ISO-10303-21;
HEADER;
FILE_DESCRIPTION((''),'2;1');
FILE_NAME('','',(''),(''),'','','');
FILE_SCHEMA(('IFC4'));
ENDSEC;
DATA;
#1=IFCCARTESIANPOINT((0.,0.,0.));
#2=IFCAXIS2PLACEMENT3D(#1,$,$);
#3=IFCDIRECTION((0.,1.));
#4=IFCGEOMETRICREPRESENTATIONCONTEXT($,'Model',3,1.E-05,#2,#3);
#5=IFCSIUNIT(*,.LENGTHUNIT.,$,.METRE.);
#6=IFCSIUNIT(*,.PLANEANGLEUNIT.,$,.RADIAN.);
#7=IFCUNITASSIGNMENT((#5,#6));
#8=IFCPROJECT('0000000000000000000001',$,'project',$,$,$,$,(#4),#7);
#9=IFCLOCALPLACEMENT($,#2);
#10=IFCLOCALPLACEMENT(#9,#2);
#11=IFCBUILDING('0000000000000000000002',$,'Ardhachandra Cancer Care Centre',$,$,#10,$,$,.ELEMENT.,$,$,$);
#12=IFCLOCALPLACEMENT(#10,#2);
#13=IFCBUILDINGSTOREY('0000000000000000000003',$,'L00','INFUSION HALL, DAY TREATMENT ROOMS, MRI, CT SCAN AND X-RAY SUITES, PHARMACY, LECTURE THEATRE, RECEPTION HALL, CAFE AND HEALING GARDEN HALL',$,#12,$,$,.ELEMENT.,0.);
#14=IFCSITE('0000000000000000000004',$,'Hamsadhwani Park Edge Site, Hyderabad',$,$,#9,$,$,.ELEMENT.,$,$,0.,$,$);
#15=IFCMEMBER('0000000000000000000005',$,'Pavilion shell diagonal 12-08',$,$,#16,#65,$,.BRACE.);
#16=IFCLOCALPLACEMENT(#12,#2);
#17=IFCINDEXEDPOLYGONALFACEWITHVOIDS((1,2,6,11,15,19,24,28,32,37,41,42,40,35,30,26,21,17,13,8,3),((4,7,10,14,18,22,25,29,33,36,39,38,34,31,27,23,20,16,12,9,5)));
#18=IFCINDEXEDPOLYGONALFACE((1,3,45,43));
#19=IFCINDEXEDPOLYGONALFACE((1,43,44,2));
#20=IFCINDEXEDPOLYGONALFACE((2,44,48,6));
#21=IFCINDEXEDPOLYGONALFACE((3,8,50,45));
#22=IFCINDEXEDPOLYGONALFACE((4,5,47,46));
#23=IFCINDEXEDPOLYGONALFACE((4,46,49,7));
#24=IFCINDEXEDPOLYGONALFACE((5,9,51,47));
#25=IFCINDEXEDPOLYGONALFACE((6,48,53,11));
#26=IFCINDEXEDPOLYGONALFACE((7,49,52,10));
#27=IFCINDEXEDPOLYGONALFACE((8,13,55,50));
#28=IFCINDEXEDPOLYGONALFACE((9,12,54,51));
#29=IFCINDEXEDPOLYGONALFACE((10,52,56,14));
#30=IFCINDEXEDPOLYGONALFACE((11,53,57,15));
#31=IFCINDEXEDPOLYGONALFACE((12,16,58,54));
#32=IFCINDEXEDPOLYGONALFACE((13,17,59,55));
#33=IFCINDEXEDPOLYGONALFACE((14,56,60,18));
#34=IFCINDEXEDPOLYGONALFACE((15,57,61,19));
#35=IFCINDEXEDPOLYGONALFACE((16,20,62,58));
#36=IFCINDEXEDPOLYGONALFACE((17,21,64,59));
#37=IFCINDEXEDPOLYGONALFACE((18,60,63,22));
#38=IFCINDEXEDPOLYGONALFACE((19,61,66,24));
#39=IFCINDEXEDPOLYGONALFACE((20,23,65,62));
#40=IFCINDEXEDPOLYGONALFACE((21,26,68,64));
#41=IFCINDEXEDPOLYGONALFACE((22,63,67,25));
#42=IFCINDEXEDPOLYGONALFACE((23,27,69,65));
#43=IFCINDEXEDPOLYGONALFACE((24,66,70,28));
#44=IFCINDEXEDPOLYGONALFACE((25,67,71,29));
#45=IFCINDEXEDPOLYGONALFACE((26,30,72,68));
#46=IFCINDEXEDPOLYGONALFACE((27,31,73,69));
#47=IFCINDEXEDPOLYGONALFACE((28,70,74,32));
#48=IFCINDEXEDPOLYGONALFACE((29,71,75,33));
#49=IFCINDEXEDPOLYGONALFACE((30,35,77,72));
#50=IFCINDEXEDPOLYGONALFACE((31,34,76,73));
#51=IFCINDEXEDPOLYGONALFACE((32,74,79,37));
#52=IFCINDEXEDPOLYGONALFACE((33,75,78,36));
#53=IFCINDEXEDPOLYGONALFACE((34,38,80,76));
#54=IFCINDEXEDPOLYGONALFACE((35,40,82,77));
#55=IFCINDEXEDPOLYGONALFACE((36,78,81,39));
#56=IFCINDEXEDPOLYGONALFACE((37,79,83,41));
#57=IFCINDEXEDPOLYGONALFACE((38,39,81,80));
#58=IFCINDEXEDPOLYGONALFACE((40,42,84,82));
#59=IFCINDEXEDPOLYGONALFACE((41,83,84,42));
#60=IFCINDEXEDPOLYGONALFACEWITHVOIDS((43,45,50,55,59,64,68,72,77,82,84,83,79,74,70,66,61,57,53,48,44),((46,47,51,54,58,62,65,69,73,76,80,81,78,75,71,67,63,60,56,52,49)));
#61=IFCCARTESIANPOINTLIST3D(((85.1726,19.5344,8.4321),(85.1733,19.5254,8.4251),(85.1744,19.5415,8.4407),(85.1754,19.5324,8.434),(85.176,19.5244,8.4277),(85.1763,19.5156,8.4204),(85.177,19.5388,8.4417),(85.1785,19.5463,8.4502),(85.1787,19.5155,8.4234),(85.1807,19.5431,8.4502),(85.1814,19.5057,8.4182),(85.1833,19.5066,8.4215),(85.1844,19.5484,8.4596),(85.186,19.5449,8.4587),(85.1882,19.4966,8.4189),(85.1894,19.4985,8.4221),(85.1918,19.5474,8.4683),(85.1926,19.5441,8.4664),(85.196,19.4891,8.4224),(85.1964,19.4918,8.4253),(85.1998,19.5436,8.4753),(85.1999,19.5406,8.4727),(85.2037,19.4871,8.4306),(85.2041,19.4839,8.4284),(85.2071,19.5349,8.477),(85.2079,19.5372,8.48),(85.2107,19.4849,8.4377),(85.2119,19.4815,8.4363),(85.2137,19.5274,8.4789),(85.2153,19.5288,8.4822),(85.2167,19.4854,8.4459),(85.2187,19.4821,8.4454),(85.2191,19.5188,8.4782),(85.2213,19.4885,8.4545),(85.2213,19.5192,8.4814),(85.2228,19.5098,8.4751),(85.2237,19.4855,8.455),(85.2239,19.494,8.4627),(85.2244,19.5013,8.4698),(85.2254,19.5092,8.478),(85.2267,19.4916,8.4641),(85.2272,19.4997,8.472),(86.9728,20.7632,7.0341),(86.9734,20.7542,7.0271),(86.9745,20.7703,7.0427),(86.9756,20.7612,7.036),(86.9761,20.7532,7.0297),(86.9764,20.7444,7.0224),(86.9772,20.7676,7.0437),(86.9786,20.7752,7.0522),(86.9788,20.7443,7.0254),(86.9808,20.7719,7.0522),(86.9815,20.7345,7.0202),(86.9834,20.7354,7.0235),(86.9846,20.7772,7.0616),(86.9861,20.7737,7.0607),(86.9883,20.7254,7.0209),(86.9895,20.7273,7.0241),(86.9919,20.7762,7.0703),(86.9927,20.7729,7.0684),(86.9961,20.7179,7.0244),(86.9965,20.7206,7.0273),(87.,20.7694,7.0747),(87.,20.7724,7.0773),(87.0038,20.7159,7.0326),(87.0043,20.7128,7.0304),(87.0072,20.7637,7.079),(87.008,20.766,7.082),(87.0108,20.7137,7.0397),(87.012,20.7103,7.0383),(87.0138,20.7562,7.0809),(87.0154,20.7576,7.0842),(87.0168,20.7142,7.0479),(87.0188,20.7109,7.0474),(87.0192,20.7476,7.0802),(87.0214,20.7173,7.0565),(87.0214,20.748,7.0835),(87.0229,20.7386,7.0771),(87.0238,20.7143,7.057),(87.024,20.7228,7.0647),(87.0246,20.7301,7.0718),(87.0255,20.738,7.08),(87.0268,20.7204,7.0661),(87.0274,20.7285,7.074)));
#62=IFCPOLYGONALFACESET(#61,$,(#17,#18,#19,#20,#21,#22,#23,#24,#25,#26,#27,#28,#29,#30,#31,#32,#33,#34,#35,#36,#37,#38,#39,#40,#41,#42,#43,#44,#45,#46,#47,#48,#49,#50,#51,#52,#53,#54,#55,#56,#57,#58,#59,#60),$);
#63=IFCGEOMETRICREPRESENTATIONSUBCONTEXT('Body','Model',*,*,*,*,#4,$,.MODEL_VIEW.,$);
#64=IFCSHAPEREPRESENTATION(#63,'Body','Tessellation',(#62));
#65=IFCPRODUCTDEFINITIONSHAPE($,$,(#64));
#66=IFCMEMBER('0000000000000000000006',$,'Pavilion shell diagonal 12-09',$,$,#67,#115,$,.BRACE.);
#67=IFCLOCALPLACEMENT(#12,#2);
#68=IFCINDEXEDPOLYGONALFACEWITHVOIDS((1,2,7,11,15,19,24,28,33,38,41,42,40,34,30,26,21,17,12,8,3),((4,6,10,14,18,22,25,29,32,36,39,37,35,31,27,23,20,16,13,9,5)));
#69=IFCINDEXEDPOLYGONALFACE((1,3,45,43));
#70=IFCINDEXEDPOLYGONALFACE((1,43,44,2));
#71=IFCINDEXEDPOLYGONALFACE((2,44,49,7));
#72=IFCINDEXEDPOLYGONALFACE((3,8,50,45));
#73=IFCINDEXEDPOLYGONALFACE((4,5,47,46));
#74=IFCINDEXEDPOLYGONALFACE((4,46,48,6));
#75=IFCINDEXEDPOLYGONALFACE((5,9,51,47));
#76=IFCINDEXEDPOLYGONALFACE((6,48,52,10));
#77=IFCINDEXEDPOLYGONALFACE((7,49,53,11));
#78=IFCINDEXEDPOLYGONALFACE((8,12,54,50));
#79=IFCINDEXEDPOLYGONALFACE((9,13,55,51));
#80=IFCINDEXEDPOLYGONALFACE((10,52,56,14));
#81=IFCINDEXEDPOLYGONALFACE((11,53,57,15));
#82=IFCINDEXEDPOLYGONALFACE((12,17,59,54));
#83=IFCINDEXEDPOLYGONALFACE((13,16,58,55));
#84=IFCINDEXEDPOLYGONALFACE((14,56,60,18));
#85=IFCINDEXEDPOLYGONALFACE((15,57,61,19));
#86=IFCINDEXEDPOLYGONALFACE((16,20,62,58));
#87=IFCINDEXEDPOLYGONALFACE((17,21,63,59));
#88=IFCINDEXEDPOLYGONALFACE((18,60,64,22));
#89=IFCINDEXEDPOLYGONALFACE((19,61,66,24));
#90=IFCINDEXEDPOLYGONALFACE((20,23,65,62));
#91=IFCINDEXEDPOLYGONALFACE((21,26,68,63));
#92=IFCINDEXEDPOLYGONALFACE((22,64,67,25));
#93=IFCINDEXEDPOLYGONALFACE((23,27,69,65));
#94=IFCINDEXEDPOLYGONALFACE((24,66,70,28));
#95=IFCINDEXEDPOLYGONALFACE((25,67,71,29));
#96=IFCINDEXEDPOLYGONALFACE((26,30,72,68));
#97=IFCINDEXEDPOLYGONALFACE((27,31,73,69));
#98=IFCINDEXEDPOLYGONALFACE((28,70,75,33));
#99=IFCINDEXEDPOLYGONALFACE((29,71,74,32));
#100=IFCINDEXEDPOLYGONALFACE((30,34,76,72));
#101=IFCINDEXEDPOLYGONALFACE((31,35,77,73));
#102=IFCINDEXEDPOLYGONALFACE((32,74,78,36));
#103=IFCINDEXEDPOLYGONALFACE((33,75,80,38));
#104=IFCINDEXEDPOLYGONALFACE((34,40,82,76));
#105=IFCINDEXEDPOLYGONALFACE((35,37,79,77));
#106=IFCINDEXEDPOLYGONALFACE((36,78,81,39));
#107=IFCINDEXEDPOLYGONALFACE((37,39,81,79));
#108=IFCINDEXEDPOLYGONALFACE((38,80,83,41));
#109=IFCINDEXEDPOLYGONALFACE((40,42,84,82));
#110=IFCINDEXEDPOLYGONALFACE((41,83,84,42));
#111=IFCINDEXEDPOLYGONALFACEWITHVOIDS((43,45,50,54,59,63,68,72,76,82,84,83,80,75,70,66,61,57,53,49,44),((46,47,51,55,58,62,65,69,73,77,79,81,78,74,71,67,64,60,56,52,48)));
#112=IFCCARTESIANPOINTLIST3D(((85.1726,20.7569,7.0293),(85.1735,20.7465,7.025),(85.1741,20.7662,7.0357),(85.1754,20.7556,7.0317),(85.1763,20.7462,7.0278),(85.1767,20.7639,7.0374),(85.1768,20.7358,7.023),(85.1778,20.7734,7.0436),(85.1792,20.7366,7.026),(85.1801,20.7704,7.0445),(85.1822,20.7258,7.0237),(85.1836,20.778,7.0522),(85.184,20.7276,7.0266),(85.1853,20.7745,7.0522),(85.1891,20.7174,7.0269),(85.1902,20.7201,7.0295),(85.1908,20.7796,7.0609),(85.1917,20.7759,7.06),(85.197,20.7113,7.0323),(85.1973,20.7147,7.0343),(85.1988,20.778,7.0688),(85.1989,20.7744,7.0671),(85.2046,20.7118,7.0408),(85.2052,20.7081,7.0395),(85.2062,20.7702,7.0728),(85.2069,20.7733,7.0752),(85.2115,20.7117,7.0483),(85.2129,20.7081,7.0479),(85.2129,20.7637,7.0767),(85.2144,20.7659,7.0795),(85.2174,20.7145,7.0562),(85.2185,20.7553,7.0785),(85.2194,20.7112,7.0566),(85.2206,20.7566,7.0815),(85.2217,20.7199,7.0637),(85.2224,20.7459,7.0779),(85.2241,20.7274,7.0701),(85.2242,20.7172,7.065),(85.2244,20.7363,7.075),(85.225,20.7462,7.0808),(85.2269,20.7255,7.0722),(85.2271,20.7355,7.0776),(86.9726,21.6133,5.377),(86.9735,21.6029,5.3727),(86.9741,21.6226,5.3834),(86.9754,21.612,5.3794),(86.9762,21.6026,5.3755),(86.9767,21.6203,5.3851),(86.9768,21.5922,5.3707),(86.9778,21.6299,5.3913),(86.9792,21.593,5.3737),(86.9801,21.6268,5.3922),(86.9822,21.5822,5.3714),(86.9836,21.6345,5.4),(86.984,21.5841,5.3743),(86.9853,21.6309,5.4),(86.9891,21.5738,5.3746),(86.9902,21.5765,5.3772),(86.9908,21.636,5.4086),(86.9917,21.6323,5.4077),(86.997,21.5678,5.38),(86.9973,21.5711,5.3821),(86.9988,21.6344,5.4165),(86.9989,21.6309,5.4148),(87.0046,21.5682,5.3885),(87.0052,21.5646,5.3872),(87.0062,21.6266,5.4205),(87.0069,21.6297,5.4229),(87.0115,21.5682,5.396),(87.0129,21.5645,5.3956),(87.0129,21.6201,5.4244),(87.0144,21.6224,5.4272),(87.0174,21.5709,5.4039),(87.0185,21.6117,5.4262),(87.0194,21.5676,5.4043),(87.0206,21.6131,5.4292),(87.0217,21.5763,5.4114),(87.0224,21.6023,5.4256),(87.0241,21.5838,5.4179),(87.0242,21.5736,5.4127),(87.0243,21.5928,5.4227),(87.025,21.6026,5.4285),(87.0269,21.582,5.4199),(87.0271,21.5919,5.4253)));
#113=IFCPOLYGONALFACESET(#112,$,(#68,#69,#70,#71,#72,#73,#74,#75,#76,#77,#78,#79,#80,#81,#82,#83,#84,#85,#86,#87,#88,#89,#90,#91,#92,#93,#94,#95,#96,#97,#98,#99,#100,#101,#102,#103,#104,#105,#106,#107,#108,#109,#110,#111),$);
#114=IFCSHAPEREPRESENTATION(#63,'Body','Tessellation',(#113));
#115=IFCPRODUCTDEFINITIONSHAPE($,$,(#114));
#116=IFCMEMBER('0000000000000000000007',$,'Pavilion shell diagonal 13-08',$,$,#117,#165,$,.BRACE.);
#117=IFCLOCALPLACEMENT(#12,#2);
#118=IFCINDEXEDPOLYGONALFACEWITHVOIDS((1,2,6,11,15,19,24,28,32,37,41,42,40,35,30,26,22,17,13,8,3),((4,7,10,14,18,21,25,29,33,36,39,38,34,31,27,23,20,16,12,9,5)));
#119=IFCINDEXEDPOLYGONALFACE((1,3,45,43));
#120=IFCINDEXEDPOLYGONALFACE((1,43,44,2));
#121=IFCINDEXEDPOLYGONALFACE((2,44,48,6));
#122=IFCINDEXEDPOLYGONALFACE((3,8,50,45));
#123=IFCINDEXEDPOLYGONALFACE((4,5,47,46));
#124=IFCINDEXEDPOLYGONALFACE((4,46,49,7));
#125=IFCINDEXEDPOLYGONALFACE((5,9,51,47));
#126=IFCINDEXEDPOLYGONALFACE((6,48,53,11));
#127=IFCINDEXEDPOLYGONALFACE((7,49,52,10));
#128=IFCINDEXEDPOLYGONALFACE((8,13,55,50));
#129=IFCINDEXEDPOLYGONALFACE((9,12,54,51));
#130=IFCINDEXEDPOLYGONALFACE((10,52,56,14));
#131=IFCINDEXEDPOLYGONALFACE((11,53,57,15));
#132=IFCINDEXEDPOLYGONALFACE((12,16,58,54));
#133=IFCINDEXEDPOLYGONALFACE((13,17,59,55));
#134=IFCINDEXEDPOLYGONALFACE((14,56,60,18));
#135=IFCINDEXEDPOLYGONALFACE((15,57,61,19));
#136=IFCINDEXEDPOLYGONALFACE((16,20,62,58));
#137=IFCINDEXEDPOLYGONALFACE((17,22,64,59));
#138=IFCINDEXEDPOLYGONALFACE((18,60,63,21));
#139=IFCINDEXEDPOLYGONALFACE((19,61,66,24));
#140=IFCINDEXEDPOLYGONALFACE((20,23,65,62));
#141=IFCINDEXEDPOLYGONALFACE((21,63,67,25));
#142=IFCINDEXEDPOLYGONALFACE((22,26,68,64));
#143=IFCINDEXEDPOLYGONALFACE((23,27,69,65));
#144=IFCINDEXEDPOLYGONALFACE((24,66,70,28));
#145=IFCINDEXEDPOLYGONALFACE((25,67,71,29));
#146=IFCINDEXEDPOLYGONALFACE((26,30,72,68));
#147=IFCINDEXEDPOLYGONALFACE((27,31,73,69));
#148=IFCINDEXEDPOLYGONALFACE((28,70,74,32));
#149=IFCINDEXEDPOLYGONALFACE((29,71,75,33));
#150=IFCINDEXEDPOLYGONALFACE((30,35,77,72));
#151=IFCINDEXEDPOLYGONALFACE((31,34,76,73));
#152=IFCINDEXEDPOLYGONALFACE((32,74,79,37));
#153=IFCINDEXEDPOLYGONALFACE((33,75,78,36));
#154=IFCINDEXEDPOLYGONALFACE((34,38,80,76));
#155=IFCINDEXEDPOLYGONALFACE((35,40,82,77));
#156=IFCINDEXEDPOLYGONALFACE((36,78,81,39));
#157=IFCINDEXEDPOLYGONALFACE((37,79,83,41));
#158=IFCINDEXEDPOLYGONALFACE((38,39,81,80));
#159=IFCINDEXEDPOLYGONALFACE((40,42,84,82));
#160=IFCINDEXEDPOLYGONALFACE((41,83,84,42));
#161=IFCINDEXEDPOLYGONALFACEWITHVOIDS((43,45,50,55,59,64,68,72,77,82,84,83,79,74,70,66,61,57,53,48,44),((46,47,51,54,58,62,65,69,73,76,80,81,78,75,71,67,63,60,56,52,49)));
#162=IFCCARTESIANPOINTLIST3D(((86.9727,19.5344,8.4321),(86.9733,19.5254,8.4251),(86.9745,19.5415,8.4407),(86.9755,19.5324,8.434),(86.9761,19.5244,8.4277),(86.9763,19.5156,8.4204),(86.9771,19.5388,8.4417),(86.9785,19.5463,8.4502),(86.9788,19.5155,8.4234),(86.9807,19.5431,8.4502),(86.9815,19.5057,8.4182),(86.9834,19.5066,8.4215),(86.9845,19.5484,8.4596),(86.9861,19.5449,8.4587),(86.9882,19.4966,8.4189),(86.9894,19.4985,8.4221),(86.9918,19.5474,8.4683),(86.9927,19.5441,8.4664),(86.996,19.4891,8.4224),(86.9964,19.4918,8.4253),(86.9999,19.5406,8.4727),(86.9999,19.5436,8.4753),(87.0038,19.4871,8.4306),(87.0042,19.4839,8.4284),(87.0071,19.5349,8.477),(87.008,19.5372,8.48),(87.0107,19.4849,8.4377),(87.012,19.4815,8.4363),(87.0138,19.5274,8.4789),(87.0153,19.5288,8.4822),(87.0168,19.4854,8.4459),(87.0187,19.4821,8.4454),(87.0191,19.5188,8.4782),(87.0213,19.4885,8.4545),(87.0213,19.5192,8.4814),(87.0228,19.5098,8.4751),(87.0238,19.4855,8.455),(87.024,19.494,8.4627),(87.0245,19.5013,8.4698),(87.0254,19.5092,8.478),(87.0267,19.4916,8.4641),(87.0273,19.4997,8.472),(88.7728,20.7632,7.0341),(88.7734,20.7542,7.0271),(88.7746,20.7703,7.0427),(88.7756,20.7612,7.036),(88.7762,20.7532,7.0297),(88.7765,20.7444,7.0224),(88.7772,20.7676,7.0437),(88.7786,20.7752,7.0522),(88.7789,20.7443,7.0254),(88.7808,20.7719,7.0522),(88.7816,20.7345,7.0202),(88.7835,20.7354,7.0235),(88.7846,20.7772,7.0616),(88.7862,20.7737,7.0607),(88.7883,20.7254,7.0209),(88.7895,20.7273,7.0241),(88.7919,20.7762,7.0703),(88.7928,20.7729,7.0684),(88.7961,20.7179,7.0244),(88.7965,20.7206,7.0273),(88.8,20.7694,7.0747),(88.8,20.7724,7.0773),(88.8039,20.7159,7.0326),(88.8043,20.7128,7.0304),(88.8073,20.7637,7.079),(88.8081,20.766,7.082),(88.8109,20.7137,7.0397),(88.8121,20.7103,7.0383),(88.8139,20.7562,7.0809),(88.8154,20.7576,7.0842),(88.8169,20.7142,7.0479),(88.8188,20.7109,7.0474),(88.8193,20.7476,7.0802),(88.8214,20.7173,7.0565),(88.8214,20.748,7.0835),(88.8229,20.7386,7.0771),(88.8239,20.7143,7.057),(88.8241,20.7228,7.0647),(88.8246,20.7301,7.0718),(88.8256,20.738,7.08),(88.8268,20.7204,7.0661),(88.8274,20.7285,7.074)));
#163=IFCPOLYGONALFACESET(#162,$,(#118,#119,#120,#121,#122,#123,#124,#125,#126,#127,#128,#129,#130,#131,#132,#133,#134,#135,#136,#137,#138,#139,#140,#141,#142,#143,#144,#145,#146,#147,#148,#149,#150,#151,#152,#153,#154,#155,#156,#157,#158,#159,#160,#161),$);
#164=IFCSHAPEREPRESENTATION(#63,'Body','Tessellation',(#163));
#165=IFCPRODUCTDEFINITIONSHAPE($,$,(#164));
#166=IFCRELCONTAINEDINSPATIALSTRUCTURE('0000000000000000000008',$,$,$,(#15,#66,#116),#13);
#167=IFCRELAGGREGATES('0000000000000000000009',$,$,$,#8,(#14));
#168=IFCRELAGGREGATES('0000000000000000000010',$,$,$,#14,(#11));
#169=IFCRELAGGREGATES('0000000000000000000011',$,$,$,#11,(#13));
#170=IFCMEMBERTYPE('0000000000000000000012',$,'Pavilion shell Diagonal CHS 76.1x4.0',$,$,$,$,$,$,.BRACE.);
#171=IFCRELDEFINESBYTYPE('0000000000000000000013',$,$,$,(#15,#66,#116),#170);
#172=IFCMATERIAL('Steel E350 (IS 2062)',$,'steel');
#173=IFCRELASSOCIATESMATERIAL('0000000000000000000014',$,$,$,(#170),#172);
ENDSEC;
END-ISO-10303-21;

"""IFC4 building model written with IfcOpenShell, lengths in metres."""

from ifc_helpers import new_model, si_unit, direction, frame, origin, origin_2d, place, context, subcontext, project, spatial, hollow_circle, extrude, material, material_profile, profile_set, type_object, element, save


model = new_model("IFC4")

# Units and contexts
model_context = context("Model", 3, precision=1e-05, world=origin(), true_north=direction((0.0, 1.0)))
body_context = subcontext(model_context, "Body", "Model", "MODEL_VIEW")
ifc_project = project(units=[si_unit("LENGTHUNIT", "METRE"), si_unit("PLANEANGLEUNIT", "RADIAN")], contexts=[model_context])

# Site, building, storey
site_placement = place(None, origin())
site = spatial("IfcSite", under=ifc_project, at=site_placement, Name="Hamsadhwani Park Edge Site, Hyderabad", CompositionType="ELEMENT", RefElevation=0.0)
building_placement = place(site_placement, origin())
building = spatial("IfcBuilding", under=site, at=building_placement, Name="Ardhachandra Cancer Care Centre", CompositionType="ELEMENT")
storey_placement = place(building_placement, origin())
storey = spatial("IfcBuildingStorey", under=building, at=storey_placement, Name="L00", Description="INFUSION HALL, DAY TREATMENT ROOMS, MRI, CT SCAN AND X-RAY SUITES, PHARMACY, LECTURE THEATRE, RECEPTION HALL, CAFE AND HEALING GARDEN HALL", CompositionType="ELEMENT", Elevation=0.0)

# Members
ifc_material_1 = material(Name="Steel E350 (IS 2062)", Category="steel")
ifc_material_profile_1 = material_profile(ifc_material_1, hollow_circle(Radius=0.0381, WallThickness=0.0039, at=origin_2d()), Name="CHS 76.1x4.0")
ifc_profile_set_1 = profile_set([ifc_material_profile_1], Name="Steel E350 (IS 2062)")
member_type_1 = type_object("IfcMemberType", Name="Pavilion shell Diagonal CHS 76.1x4.0", PredefinedType="BRACE", material=ifc_profile_set_1)
member_1_placement = place(storey_placement, frame((85.2, 19.5149, 8.4502), z_axis=(0.695197, 0.474559, -0.539902), x_axis=(-0.563792, 0.825917, 0.0)))
element("IfcMember", 1, at=member_1_placement, inside=storey, type_object=member_type_1, Name="Pavilion shell diagonal 12-08", PredefinedType="BRACE", context=body_context, shape_type="SweptSolid", body=[
    extrude(hollow_circle(Radius=0.0381, WallThickness=0.0039, at=origin_2d()), origin(), (0.0, 0.0, 1.0), 2.5894),
])
member_2_placement = place(storey_placement, frame((85.2, 20.7437, 7.0522), z_axis=(0.695216, 0.330777, -0.63817), x_axis=(-0.429639, 0.903001, 0.0)))
element("IfcMember", 2, at=member_2_placement, inside=storey, type_object=member_type_1, Name="Pavilion shell diagonal 12-09", PredefinedType="BRACE", context=body_context, shape_type="SweptSolid", body=[
    extrude(hollow_circle(Radius=0.0381, WallThickness=0.0039, at=origin_2d()), origin(), (0.0, 0.0, 1.0), 2.5891),
])
member_3_placement = place(storey_placement, frame((87.0, 19.5149, 8.4502), z_axis=(0.695197, 0.474559, -0.539902), x_axis=(-0.563792, 0.825917, 0.0)))
element("IfcMember", 3, at=member_3_placement, inside=storey, type_object=member_type_1, Name="Pavilion shell diagonal 13-08", PredefinedType="BRACE", context=body_context, shape_type="SweptSolid", body=[
    extrude(hollow_circle(Radius=0.0381, WallThickness=0.0039, at=origin_2d()), origin(), (0.0, 0.0, 1.0), 2.5894),
])

save(model, "model.ifc")
